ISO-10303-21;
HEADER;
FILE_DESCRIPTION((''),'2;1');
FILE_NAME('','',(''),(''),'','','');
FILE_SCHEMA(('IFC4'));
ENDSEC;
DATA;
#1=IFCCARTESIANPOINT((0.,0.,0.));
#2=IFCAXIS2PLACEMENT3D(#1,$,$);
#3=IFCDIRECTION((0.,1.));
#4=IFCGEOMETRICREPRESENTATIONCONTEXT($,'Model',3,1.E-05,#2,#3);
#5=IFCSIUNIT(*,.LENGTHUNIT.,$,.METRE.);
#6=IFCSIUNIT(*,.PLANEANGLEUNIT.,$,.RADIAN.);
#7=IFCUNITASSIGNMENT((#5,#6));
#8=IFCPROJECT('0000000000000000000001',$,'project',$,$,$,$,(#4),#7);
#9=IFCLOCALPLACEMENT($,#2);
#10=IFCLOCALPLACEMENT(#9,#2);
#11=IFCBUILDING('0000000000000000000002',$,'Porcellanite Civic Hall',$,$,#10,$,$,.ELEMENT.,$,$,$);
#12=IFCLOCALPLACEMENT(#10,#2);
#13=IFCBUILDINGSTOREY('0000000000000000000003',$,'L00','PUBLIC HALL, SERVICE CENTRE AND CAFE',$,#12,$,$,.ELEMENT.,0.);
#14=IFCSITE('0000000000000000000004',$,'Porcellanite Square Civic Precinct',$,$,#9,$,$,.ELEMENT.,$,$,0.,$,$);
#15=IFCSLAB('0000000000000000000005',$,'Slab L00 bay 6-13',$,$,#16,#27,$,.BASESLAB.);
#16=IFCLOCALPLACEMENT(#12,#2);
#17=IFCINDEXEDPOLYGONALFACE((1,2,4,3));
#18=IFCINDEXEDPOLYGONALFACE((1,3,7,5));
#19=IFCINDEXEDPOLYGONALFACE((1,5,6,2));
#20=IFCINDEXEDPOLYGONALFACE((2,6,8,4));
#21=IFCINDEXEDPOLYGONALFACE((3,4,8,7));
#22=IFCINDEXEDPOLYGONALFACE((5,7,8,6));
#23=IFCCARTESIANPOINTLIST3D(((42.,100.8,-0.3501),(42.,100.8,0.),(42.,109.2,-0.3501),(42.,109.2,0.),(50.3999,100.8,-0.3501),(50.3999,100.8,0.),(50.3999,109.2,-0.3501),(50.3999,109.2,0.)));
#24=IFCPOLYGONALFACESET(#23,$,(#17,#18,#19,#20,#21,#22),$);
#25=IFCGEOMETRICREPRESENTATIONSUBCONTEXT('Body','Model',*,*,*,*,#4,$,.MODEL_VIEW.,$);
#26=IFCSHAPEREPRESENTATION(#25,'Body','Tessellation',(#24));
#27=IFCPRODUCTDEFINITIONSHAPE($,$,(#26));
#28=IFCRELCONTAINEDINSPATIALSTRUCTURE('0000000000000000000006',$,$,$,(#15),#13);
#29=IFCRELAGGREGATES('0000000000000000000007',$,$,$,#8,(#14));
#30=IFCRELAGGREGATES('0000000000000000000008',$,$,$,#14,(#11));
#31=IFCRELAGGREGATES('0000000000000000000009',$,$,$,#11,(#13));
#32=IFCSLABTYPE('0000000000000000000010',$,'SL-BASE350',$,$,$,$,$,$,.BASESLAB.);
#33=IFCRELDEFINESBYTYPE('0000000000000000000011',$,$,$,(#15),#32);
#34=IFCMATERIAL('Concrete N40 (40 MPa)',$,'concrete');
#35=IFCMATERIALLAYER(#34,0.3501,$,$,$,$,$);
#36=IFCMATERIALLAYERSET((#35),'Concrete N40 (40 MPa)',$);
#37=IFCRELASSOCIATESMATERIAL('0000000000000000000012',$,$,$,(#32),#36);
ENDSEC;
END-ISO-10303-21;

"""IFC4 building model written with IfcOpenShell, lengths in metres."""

from ifc_helpers import new_model, si_unit, direction, frame, origin, place, context, subcontext, project, spatial, polyline, outline, extrude, material, layer, layer_set, type_object, element, save


model = new_model("IFC4")

# Units and contexts
model_context = context("Model", 3, precision=1e-05, world=origin(), true_north=direction((0.0, 1.0)))
body_context = subcontext(model_context, "Body", "Model", "MODEL_VIEW")
ifc_project = project(units=[si_unit("LENGTHUNIT", "METRE"), si_unit("PLANEANGLEUNIT", "RADIAN")], contexts=[model_context])

# Site, building, storey
site_placement = place(None, origin())
site = spatial("IfcSite", under=ifc_project, at=site_placement, Name="Porcellanite Square Civic Precinct", CompositionType="ELEMENT", RefElevation=0.0)
building_placement = place(site_placement, origin())
building = spatial("IfcBuilding", under=site, at=building_placement, Name="Porcellanite Civic Hall", CompositionType="ELEMENT")
storey_placement = place(building_placement, origin())
storey = spatial("IfcBuildingStorey", under=building, at=storey_placement, Name="L00", Description="PUBLIC HALL, SERVICE CENTRE AND CAFE", CompositionType="ELEMENT", Elevation=0.0)

# Slab
ifc_material = material(Name="Concrete N40 (40 MPa)", Category="concrete")
ifc_layer = layer(ifc_material, 0.3501)
ifc_layer_set = layer_set([ifc_layer], Name="Concrete N40 (40 MPa)")
slab_type = type_object("IfcSlabType", Name="SL-BASE350", PredefinedType="BASESLAB", material=ifc_layer_set)
slab_1_placement = place(storey_placement, frame((0.0, 0.0, -0.3501)))
element("IfcSlab", 1, at=slab_1_placement, inside=storey, type_object=slab_type, Name="Slab L00 bay 6-13", PredefinedType="BASESLAB", context=body_context, shape_type="SweptSolid", body=[
    extrude(outline(polyline([(42.0, 100.8), (50.3999, 100.8), (50.3999, 109.2), (42.0, 109.2), (42.0, 100.8)])), origin(), (0.0, 0.0, 1.0), 0.3501),
])

save(model, "model.ifc")
